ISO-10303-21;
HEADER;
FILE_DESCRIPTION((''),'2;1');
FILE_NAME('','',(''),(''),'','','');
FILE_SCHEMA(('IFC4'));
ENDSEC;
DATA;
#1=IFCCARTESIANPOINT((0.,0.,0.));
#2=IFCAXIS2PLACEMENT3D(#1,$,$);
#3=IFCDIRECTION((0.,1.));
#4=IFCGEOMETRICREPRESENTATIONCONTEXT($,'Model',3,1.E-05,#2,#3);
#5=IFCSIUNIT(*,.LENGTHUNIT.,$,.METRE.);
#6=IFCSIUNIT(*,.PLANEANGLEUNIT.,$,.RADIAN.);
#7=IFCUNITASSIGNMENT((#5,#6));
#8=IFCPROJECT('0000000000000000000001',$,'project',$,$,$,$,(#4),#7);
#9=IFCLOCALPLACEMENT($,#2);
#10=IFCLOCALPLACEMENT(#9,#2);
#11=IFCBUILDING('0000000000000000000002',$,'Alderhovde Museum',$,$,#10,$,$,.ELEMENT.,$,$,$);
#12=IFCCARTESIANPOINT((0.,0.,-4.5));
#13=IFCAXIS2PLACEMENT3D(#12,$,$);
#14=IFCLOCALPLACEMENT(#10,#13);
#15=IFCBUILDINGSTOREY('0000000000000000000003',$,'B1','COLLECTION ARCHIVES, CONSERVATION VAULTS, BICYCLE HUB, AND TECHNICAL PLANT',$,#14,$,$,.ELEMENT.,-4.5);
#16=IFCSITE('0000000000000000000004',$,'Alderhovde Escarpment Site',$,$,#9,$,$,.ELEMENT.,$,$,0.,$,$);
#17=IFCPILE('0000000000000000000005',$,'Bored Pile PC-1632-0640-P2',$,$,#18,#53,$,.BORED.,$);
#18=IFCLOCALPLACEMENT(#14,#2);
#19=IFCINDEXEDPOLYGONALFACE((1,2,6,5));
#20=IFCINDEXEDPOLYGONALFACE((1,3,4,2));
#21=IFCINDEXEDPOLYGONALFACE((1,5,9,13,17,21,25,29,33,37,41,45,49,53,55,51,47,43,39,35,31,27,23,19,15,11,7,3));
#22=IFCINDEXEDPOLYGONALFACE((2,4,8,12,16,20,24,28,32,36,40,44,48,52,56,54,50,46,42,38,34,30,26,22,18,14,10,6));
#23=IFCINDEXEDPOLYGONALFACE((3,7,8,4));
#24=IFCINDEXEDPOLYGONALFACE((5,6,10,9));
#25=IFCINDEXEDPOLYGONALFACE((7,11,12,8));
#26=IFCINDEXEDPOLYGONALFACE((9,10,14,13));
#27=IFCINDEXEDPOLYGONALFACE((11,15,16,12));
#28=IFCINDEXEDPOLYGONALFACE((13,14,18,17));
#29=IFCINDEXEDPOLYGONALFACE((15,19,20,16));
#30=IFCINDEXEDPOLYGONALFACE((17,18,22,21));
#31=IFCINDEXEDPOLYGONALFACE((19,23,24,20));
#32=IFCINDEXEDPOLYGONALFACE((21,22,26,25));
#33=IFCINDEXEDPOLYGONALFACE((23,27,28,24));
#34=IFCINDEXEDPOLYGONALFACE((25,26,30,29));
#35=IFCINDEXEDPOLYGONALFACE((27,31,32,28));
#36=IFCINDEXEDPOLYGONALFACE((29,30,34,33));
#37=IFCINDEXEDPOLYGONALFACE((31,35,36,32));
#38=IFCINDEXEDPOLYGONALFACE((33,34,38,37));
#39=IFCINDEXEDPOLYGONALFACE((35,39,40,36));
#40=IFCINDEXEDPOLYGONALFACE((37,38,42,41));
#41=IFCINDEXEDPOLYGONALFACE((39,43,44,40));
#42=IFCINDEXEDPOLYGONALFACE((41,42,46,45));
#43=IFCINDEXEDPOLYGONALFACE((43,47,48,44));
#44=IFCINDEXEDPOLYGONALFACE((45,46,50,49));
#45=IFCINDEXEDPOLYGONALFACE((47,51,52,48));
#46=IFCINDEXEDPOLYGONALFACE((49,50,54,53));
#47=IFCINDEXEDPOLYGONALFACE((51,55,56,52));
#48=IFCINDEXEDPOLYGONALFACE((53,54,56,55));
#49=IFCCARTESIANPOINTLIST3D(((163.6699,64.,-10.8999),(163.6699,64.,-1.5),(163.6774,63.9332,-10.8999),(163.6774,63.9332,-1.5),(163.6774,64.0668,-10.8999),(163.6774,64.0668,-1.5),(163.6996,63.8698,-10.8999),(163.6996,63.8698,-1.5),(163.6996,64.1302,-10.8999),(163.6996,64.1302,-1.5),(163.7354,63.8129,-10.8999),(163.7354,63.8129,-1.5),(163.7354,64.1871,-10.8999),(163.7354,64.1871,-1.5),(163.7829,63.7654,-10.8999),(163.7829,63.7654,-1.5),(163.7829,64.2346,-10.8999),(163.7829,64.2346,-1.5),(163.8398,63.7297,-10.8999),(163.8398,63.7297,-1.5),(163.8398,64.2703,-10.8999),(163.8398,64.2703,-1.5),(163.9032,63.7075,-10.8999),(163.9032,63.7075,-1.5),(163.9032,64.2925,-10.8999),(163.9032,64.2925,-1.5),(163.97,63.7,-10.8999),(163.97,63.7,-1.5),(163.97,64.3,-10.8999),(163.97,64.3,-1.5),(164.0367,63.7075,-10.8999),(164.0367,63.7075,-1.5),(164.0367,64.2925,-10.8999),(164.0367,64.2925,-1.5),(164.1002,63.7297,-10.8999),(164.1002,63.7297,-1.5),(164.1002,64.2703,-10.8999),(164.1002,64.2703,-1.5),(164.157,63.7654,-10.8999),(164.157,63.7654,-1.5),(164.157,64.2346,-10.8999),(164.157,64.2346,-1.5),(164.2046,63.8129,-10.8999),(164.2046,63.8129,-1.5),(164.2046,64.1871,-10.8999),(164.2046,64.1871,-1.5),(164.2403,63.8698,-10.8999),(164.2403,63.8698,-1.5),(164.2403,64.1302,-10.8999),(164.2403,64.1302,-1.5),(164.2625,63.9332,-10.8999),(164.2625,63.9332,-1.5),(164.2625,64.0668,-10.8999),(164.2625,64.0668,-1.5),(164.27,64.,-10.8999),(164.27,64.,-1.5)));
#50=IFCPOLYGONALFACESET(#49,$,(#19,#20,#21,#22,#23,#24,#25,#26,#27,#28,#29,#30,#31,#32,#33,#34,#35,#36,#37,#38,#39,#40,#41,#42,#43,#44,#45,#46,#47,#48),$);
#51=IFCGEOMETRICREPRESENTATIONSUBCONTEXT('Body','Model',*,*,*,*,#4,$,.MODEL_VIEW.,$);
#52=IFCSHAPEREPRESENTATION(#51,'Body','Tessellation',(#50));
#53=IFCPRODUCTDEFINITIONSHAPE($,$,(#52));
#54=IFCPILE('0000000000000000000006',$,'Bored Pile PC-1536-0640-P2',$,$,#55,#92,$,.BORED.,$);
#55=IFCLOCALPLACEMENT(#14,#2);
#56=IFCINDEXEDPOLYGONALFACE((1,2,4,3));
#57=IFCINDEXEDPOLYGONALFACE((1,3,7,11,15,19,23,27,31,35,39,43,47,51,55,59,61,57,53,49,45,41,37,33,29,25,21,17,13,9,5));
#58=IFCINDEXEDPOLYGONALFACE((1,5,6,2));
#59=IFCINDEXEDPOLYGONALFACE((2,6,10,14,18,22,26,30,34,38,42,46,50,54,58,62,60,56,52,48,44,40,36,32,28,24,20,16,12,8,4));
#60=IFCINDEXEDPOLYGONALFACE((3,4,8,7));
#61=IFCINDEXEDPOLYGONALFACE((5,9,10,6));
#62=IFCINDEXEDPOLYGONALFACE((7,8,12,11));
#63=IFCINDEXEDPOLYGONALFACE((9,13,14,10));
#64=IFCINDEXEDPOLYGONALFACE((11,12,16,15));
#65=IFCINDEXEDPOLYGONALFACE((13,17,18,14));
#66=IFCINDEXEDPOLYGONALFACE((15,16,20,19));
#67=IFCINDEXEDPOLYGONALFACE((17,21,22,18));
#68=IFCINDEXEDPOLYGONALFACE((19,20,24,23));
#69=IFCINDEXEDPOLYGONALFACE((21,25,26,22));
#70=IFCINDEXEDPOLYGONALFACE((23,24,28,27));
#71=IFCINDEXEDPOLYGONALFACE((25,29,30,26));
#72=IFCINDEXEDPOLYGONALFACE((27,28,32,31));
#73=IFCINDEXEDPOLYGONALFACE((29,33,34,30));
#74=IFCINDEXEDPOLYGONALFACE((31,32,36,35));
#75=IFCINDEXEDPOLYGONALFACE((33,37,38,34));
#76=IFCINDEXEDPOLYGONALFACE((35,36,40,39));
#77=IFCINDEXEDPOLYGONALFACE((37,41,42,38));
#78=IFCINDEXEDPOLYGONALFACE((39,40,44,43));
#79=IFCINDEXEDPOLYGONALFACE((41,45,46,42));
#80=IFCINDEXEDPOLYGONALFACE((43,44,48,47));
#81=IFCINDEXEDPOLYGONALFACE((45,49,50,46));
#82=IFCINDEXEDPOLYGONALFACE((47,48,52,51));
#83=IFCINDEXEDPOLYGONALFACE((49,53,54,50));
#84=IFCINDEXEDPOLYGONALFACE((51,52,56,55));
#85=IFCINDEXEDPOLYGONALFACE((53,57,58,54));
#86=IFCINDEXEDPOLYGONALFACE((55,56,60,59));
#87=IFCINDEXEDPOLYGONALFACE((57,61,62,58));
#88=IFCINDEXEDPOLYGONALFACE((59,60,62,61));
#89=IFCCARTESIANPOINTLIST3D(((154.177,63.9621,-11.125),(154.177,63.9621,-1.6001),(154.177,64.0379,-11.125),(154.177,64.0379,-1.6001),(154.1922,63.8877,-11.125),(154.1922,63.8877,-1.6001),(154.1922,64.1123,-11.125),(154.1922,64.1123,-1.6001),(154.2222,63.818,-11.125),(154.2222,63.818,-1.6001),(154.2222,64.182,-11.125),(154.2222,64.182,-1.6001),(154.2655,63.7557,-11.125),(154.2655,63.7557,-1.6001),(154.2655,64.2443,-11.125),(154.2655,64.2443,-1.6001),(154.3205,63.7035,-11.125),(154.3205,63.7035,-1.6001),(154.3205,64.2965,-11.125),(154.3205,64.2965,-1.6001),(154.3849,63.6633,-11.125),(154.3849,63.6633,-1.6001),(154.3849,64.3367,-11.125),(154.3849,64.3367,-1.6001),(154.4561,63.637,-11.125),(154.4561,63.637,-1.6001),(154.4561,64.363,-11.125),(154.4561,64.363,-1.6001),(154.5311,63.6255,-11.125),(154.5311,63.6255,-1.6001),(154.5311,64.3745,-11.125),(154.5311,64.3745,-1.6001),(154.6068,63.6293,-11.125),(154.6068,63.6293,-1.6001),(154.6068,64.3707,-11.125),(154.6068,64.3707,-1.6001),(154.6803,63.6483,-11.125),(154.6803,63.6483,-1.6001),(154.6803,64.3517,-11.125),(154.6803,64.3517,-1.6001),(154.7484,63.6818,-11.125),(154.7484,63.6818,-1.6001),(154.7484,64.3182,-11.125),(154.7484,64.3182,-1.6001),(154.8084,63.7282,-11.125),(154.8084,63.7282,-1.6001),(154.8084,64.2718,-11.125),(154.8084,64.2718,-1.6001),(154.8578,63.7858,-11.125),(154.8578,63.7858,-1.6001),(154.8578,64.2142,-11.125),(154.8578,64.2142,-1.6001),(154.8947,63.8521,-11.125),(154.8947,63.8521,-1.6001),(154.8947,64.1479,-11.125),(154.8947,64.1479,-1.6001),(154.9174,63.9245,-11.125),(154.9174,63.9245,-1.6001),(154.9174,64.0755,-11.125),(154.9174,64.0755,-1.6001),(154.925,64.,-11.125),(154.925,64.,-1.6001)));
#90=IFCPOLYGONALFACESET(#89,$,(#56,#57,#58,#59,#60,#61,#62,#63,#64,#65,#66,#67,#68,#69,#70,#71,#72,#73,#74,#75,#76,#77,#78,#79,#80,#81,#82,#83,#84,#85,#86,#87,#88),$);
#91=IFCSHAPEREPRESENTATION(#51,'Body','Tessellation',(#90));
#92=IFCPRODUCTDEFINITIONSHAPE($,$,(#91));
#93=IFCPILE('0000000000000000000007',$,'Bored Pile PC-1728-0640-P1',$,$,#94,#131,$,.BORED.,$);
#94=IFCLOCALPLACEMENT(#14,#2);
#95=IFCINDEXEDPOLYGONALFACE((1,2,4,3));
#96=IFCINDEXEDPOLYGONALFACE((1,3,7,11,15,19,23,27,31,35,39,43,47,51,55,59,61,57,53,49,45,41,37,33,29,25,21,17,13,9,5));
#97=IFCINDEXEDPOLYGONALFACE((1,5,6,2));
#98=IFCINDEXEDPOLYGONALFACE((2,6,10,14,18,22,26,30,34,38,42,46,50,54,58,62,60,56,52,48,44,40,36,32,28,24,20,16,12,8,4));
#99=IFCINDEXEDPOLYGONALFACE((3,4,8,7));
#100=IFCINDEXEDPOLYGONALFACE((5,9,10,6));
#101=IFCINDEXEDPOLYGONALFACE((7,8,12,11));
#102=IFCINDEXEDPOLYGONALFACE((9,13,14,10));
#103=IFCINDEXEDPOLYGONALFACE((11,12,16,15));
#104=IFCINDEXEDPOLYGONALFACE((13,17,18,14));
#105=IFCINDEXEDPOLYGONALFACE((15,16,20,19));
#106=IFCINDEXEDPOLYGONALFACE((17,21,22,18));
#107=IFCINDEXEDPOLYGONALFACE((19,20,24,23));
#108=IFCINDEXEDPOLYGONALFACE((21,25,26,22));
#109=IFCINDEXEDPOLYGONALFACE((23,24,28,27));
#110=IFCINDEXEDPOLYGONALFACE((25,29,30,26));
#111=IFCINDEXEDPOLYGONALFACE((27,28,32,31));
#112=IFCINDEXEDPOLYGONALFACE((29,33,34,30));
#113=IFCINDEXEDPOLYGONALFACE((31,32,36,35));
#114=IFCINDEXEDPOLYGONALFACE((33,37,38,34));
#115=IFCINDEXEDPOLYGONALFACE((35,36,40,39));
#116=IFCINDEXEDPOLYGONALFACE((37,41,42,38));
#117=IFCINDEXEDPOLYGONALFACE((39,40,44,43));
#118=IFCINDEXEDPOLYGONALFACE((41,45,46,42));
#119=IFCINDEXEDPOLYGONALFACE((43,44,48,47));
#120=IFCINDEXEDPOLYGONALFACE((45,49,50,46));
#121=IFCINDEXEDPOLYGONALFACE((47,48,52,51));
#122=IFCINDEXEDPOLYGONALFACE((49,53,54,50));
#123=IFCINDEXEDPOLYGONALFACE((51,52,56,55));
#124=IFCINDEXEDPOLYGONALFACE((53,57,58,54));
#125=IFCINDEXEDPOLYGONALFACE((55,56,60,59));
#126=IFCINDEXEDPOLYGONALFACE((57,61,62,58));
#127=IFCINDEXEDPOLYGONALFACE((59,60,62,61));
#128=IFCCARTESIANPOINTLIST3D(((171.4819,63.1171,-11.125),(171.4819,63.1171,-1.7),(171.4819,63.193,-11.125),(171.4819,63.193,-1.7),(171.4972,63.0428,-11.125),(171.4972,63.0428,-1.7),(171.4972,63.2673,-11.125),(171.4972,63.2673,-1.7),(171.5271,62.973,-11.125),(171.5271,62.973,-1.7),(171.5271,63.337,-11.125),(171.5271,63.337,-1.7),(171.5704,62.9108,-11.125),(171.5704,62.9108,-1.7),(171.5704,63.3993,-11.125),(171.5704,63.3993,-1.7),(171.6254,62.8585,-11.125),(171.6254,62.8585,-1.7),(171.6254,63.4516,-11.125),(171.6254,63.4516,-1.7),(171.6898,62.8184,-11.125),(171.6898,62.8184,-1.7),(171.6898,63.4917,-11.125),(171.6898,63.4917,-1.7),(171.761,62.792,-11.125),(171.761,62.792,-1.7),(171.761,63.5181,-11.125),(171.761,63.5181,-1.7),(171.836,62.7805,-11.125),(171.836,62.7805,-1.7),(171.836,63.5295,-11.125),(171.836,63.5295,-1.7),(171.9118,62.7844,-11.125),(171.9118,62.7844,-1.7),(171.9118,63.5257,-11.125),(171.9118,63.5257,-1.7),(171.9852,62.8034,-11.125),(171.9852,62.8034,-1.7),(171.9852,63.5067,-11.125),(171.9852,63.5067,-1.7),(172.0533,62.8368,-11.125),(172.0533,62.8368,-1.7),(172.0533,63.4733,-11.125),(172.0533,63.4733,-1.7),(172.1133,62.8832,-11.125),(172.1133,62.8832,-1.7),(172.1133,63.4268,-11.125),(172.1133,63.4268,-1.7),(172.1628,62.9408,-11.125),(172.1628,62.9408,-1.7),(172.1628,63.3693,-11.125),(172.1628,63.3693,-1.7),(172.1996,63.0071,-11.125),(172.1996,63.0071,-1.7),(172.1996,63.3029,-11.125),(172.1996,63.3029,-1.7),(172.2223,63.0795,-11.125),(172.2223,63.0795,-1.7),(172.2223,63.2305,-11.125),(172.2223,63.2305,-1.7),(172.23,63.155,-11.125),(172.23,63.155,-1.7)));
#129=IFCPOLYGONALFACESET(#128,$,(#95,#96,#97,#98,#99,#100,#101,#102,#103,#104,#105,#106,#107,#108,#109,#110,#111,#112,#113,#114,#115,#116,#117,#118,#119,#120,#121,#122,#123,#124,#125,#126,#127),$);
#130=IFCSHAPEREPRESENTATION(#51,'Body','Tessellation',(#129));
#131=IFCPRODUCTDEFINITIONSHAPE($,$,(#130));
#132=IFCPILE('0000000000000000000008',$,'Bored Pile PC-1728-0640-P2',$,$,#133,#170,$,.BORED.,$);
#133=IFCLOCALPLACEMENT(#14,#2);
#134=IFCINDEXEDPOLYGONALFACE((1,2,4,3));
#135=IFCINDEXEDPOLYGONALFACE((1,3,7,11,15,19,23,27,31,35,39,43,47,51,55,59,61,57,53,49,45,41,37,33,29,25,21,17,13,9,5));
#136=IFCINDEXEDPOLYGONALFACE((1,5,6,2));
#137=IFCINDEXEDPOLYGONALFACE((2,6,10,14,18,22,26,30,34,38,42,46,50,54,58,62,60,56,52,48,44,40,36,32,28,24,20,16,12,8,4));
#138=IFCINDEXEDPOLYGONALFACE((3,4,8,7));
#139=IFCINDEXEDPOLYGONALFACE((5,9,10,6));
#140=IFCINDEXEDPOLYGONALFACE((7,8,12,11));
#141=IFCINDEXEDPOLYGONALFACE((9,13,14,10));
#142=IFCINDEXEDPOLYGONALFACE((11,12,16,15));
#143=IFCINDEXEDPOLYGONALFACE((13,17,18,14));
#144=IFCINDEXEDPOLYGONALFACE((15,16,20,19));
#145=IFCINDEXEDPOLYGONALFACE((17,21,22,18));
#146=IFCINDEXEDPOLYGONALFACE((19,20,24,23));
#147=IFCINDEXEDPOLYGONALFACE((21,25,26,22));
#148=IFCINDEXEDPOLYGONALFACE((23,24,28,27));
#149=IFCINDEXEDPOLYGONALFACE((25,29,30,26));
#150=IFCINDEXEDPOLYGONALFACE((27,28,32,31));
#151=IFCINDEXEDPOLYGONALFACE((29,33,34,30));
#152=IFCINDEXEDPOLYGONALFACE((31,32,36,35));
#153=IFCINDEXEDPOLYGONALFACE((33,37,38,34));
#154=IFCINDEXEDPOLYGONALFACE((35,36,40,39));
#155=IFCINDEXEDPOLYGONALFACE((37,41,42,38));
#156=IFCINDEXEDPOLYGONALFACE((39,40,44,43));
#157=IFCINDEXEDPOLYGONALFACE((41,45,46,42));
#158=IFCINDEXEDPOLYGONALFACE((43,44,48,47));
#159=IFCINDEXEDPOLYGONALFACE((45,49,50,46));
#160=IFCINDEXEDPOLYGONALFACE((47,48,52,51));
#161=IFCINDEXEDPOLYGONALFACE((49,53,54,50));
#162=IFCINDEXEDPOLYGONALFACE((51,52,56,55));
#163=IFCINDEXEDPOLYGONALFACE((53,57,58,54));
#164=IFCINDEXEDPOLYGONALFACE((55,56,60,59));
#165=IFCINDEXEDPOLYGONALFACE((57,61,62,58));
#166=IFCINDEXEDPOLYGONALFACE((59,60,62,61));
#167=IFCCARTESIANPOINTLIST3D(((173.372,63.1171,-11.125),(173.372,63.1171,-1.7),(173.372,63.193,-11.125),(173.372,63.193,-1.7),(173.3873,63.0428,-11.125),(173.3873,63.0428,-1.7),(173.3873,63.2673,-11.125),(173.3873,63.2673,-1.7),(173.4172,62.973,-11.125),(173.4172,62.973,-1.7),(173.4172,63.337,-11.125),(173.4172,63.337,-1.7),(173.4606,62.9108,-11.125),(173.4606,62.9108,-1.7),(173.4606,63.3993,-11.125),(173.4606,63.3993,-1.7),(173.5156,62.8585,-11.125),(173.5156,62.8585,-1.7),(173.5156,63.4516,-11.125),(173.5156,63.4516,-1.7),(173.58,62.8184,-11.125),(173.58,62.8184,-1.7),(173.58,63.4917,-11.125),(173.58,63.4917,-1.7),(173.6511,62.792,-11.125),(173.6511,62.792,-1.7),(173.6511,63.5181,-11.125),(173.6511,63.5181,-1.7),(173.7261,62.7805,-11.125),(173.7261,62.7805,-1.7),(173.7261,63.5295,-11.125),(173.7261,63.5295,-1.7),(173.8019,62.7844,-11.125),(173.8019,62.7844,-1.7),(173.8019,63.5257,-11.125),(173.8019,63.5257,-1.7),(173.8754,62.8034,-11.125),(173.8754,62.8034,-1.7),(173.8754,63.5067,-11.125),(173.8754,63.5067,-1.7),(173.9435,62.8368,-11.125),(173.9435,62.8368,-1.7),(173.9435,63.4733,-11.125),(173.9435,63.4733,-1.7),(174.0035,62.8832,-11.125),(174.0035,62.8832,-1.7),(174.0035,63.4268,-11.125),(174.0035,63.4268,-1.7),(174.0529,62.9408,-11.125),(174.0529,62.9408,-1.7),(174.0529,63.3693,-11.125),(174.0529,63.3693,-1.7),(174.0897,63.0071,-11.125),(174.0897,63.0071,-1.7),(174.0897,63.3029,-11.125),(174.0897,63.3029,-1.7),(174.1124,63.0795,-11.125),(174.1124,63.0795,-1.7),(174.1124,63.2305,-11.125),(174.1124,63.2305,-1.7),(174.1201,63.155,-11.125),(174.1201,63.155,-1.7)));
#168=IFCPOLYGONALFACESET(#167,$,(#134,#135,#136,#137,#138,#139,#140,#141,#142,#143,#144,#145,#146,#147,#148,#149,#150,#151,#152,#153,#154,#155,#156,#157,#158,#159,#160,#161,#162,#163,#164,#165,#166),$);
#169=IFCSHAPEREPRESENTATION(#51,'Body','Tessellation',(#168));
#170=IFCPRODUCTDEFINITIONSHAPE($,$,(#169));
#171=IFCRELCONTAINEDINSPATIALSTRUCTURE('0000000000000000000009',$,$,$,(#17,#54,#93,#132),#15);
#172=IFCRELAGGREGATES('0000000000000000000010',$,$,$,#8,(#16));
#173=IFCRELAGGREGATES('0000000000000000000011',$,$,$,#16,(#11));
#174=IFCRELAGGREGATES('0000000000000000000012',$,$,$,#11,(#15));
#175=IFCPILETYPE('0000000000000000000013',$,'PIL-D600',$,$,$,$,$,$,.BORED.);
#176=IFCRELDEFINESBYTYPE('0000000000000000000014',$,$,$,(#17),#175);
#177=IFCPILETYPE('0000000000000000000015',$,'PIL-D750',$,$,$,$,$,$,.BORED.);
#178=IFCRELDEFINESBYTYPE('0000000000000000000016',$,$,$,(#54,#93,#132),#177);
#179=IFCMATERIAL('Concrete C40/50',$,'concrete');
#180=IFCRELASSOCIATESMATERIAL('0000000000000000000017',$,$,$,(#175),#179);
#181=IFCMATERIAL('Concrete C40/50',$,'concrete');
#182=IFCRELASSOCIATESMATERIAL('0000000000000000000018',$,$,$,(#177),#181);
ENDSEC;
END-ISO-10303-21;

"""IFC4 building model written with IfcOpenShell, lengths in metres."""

from ifc_helpers import new_model, si_unit, direction, frame, origin, origin_2d, place, context, subcontext, project, spatial, circle, extrude, material, material_profile, profile_set, type_object, element, save


model = new_model("IFC4")

# Units and contexts
model_context = context("Model", 3, precision=1e-05, world=origin(), true_north=direction((0.0, 1.0)))
body_context = subcontext(model_context, "Body", "Model", "MODEL_VIEW")
ifc_project = project(units=[si_unit("LENGTHUNIT", "METRE"), si_unit("PLANEANGLEUNIT", "RADIAN")], contexts=[model_context])

# Site, building, storey
site_placement = place(None, origin())
site = spatial("IfcSite", under=ifc_project, at=site_placement, Name="Alderhovde Escarpment Site", CompositionType="ELEMENT", RefElevation=0.0)
building_placement = place(site_placement, origin())
building = spatial("IfcBuilding", under=site, at=building_placement, Name="Alderhovde Museum", CompositionType="ELEMENT")
storey_placement = place(building_placement, frame((0.0, 0.0, -4.5)))
storey = spatial("IfcBuildingStorey", under=building, at=storey_placement, Name="B1", Description="COLLECTION ARCHIVES, CONSERVATION VAULTS, BICYCLE HUB, AND TECHNICAL PLANT", CompositionType="ELEMENT", Elevation=-4.5)

# Piles
ifc_material_1 = material(Name="Concrete C40/50", Category="concrete")
ifc_material_profile_1 = material_profile(ifc_material_1, circle(Radius=0.3, at=origin_2d()), Name="PILE-D600")
ifc_profile_set_1 = profile_set([ifc_material_profile_1], Name="Concrete C40/50")
pile_type_1 = type_object("IfcPileType", Name="PIL-D600", PredefinedType="BORED", material=ifc_profile_set_1)
for number, where, z_axis, x_axis, name in (
    (1, (163.97, 64.0, -1.5), (0.0, 0.0, -1.0), (1.0, 0.0, 0.0), "Bored Pile PC-1632-0640-P2"),
):
    element("IfcPile", number, at=place(storey_placement, frame(where, z_axis=z_axis, x_axis=x_axis)), inside=storey, type_object=pile_type_1, Name=name, PredefinedType="BORED", context=body_context, shape_type="SweptSolid", body=[
        extrude(circle(Radius=0.3, at=origin_2d()), origin(), (0.0, 0.0, 1.0), 9.3999),
    ])
ifc_material_2 = material(Name="Concrete C40/50", Category="concrete")
ifc_material_profile_2 = material_profile(ifc_material_2, circle(Radius=0.375, at=origin_2d()), Name="PILE-D750")
ifc_profile_set_2 = profile_set([ifc_material_profile_2], Name="Concrete C40/50")
pile_type_2 = type_object("IfcPileType", Name="PIL-D750", PredefinedType="BORED", material=ifc_profile_set_2)
pile_placement = place(storey_placement, frame((154.55, 64.0, -1.6001), z_axis=(0.0, 0.0, -1.0), x_axis=(1.0, 0.0, 0.0)))
element("IfcPile", 2, at=pile_placement, inside=storey, type_object=pile_type_2, Name="Bored Pile PC-1536-0640-P2", PredefinedType="BORED", context=body_context, shape_type="SweptSolid", body=[
    extrude(circle(Radius=0.375, at=origin_2d()), origin(), (0.0, 0.0, 1.0), 9.5249),
])
for number, where, z_axis, x_axis, name in (
    (3, (171.855, 63.155, -1.7), (0.0, 0.0, -1.0), (1.0, 0.0, 0.0), "Bored Pile PC-1728-0640-P1"),
    (4, (173.7451, 63.155, -1.7), (0.0, 0.0, -1.0), (1.0, 0.0, 0.0), "Bored Pile PC-1728-0640-P2"),
):
    element("IfcPile", number, at=place(storey_placement, frame(where, z_axis=z_axis, x_axis=x_axis)), inside=storey, type_object=pile_type_2, Name=name, PredefinedType="BORED", context=body_context, shape_type="SweptSolid", body=[
        extrude(circle(Radius=0.375, at=origin_2d()), origin(), (0.0, 0.0, 1.0), 9.425),
    ])

save(model, "model.ifc")
